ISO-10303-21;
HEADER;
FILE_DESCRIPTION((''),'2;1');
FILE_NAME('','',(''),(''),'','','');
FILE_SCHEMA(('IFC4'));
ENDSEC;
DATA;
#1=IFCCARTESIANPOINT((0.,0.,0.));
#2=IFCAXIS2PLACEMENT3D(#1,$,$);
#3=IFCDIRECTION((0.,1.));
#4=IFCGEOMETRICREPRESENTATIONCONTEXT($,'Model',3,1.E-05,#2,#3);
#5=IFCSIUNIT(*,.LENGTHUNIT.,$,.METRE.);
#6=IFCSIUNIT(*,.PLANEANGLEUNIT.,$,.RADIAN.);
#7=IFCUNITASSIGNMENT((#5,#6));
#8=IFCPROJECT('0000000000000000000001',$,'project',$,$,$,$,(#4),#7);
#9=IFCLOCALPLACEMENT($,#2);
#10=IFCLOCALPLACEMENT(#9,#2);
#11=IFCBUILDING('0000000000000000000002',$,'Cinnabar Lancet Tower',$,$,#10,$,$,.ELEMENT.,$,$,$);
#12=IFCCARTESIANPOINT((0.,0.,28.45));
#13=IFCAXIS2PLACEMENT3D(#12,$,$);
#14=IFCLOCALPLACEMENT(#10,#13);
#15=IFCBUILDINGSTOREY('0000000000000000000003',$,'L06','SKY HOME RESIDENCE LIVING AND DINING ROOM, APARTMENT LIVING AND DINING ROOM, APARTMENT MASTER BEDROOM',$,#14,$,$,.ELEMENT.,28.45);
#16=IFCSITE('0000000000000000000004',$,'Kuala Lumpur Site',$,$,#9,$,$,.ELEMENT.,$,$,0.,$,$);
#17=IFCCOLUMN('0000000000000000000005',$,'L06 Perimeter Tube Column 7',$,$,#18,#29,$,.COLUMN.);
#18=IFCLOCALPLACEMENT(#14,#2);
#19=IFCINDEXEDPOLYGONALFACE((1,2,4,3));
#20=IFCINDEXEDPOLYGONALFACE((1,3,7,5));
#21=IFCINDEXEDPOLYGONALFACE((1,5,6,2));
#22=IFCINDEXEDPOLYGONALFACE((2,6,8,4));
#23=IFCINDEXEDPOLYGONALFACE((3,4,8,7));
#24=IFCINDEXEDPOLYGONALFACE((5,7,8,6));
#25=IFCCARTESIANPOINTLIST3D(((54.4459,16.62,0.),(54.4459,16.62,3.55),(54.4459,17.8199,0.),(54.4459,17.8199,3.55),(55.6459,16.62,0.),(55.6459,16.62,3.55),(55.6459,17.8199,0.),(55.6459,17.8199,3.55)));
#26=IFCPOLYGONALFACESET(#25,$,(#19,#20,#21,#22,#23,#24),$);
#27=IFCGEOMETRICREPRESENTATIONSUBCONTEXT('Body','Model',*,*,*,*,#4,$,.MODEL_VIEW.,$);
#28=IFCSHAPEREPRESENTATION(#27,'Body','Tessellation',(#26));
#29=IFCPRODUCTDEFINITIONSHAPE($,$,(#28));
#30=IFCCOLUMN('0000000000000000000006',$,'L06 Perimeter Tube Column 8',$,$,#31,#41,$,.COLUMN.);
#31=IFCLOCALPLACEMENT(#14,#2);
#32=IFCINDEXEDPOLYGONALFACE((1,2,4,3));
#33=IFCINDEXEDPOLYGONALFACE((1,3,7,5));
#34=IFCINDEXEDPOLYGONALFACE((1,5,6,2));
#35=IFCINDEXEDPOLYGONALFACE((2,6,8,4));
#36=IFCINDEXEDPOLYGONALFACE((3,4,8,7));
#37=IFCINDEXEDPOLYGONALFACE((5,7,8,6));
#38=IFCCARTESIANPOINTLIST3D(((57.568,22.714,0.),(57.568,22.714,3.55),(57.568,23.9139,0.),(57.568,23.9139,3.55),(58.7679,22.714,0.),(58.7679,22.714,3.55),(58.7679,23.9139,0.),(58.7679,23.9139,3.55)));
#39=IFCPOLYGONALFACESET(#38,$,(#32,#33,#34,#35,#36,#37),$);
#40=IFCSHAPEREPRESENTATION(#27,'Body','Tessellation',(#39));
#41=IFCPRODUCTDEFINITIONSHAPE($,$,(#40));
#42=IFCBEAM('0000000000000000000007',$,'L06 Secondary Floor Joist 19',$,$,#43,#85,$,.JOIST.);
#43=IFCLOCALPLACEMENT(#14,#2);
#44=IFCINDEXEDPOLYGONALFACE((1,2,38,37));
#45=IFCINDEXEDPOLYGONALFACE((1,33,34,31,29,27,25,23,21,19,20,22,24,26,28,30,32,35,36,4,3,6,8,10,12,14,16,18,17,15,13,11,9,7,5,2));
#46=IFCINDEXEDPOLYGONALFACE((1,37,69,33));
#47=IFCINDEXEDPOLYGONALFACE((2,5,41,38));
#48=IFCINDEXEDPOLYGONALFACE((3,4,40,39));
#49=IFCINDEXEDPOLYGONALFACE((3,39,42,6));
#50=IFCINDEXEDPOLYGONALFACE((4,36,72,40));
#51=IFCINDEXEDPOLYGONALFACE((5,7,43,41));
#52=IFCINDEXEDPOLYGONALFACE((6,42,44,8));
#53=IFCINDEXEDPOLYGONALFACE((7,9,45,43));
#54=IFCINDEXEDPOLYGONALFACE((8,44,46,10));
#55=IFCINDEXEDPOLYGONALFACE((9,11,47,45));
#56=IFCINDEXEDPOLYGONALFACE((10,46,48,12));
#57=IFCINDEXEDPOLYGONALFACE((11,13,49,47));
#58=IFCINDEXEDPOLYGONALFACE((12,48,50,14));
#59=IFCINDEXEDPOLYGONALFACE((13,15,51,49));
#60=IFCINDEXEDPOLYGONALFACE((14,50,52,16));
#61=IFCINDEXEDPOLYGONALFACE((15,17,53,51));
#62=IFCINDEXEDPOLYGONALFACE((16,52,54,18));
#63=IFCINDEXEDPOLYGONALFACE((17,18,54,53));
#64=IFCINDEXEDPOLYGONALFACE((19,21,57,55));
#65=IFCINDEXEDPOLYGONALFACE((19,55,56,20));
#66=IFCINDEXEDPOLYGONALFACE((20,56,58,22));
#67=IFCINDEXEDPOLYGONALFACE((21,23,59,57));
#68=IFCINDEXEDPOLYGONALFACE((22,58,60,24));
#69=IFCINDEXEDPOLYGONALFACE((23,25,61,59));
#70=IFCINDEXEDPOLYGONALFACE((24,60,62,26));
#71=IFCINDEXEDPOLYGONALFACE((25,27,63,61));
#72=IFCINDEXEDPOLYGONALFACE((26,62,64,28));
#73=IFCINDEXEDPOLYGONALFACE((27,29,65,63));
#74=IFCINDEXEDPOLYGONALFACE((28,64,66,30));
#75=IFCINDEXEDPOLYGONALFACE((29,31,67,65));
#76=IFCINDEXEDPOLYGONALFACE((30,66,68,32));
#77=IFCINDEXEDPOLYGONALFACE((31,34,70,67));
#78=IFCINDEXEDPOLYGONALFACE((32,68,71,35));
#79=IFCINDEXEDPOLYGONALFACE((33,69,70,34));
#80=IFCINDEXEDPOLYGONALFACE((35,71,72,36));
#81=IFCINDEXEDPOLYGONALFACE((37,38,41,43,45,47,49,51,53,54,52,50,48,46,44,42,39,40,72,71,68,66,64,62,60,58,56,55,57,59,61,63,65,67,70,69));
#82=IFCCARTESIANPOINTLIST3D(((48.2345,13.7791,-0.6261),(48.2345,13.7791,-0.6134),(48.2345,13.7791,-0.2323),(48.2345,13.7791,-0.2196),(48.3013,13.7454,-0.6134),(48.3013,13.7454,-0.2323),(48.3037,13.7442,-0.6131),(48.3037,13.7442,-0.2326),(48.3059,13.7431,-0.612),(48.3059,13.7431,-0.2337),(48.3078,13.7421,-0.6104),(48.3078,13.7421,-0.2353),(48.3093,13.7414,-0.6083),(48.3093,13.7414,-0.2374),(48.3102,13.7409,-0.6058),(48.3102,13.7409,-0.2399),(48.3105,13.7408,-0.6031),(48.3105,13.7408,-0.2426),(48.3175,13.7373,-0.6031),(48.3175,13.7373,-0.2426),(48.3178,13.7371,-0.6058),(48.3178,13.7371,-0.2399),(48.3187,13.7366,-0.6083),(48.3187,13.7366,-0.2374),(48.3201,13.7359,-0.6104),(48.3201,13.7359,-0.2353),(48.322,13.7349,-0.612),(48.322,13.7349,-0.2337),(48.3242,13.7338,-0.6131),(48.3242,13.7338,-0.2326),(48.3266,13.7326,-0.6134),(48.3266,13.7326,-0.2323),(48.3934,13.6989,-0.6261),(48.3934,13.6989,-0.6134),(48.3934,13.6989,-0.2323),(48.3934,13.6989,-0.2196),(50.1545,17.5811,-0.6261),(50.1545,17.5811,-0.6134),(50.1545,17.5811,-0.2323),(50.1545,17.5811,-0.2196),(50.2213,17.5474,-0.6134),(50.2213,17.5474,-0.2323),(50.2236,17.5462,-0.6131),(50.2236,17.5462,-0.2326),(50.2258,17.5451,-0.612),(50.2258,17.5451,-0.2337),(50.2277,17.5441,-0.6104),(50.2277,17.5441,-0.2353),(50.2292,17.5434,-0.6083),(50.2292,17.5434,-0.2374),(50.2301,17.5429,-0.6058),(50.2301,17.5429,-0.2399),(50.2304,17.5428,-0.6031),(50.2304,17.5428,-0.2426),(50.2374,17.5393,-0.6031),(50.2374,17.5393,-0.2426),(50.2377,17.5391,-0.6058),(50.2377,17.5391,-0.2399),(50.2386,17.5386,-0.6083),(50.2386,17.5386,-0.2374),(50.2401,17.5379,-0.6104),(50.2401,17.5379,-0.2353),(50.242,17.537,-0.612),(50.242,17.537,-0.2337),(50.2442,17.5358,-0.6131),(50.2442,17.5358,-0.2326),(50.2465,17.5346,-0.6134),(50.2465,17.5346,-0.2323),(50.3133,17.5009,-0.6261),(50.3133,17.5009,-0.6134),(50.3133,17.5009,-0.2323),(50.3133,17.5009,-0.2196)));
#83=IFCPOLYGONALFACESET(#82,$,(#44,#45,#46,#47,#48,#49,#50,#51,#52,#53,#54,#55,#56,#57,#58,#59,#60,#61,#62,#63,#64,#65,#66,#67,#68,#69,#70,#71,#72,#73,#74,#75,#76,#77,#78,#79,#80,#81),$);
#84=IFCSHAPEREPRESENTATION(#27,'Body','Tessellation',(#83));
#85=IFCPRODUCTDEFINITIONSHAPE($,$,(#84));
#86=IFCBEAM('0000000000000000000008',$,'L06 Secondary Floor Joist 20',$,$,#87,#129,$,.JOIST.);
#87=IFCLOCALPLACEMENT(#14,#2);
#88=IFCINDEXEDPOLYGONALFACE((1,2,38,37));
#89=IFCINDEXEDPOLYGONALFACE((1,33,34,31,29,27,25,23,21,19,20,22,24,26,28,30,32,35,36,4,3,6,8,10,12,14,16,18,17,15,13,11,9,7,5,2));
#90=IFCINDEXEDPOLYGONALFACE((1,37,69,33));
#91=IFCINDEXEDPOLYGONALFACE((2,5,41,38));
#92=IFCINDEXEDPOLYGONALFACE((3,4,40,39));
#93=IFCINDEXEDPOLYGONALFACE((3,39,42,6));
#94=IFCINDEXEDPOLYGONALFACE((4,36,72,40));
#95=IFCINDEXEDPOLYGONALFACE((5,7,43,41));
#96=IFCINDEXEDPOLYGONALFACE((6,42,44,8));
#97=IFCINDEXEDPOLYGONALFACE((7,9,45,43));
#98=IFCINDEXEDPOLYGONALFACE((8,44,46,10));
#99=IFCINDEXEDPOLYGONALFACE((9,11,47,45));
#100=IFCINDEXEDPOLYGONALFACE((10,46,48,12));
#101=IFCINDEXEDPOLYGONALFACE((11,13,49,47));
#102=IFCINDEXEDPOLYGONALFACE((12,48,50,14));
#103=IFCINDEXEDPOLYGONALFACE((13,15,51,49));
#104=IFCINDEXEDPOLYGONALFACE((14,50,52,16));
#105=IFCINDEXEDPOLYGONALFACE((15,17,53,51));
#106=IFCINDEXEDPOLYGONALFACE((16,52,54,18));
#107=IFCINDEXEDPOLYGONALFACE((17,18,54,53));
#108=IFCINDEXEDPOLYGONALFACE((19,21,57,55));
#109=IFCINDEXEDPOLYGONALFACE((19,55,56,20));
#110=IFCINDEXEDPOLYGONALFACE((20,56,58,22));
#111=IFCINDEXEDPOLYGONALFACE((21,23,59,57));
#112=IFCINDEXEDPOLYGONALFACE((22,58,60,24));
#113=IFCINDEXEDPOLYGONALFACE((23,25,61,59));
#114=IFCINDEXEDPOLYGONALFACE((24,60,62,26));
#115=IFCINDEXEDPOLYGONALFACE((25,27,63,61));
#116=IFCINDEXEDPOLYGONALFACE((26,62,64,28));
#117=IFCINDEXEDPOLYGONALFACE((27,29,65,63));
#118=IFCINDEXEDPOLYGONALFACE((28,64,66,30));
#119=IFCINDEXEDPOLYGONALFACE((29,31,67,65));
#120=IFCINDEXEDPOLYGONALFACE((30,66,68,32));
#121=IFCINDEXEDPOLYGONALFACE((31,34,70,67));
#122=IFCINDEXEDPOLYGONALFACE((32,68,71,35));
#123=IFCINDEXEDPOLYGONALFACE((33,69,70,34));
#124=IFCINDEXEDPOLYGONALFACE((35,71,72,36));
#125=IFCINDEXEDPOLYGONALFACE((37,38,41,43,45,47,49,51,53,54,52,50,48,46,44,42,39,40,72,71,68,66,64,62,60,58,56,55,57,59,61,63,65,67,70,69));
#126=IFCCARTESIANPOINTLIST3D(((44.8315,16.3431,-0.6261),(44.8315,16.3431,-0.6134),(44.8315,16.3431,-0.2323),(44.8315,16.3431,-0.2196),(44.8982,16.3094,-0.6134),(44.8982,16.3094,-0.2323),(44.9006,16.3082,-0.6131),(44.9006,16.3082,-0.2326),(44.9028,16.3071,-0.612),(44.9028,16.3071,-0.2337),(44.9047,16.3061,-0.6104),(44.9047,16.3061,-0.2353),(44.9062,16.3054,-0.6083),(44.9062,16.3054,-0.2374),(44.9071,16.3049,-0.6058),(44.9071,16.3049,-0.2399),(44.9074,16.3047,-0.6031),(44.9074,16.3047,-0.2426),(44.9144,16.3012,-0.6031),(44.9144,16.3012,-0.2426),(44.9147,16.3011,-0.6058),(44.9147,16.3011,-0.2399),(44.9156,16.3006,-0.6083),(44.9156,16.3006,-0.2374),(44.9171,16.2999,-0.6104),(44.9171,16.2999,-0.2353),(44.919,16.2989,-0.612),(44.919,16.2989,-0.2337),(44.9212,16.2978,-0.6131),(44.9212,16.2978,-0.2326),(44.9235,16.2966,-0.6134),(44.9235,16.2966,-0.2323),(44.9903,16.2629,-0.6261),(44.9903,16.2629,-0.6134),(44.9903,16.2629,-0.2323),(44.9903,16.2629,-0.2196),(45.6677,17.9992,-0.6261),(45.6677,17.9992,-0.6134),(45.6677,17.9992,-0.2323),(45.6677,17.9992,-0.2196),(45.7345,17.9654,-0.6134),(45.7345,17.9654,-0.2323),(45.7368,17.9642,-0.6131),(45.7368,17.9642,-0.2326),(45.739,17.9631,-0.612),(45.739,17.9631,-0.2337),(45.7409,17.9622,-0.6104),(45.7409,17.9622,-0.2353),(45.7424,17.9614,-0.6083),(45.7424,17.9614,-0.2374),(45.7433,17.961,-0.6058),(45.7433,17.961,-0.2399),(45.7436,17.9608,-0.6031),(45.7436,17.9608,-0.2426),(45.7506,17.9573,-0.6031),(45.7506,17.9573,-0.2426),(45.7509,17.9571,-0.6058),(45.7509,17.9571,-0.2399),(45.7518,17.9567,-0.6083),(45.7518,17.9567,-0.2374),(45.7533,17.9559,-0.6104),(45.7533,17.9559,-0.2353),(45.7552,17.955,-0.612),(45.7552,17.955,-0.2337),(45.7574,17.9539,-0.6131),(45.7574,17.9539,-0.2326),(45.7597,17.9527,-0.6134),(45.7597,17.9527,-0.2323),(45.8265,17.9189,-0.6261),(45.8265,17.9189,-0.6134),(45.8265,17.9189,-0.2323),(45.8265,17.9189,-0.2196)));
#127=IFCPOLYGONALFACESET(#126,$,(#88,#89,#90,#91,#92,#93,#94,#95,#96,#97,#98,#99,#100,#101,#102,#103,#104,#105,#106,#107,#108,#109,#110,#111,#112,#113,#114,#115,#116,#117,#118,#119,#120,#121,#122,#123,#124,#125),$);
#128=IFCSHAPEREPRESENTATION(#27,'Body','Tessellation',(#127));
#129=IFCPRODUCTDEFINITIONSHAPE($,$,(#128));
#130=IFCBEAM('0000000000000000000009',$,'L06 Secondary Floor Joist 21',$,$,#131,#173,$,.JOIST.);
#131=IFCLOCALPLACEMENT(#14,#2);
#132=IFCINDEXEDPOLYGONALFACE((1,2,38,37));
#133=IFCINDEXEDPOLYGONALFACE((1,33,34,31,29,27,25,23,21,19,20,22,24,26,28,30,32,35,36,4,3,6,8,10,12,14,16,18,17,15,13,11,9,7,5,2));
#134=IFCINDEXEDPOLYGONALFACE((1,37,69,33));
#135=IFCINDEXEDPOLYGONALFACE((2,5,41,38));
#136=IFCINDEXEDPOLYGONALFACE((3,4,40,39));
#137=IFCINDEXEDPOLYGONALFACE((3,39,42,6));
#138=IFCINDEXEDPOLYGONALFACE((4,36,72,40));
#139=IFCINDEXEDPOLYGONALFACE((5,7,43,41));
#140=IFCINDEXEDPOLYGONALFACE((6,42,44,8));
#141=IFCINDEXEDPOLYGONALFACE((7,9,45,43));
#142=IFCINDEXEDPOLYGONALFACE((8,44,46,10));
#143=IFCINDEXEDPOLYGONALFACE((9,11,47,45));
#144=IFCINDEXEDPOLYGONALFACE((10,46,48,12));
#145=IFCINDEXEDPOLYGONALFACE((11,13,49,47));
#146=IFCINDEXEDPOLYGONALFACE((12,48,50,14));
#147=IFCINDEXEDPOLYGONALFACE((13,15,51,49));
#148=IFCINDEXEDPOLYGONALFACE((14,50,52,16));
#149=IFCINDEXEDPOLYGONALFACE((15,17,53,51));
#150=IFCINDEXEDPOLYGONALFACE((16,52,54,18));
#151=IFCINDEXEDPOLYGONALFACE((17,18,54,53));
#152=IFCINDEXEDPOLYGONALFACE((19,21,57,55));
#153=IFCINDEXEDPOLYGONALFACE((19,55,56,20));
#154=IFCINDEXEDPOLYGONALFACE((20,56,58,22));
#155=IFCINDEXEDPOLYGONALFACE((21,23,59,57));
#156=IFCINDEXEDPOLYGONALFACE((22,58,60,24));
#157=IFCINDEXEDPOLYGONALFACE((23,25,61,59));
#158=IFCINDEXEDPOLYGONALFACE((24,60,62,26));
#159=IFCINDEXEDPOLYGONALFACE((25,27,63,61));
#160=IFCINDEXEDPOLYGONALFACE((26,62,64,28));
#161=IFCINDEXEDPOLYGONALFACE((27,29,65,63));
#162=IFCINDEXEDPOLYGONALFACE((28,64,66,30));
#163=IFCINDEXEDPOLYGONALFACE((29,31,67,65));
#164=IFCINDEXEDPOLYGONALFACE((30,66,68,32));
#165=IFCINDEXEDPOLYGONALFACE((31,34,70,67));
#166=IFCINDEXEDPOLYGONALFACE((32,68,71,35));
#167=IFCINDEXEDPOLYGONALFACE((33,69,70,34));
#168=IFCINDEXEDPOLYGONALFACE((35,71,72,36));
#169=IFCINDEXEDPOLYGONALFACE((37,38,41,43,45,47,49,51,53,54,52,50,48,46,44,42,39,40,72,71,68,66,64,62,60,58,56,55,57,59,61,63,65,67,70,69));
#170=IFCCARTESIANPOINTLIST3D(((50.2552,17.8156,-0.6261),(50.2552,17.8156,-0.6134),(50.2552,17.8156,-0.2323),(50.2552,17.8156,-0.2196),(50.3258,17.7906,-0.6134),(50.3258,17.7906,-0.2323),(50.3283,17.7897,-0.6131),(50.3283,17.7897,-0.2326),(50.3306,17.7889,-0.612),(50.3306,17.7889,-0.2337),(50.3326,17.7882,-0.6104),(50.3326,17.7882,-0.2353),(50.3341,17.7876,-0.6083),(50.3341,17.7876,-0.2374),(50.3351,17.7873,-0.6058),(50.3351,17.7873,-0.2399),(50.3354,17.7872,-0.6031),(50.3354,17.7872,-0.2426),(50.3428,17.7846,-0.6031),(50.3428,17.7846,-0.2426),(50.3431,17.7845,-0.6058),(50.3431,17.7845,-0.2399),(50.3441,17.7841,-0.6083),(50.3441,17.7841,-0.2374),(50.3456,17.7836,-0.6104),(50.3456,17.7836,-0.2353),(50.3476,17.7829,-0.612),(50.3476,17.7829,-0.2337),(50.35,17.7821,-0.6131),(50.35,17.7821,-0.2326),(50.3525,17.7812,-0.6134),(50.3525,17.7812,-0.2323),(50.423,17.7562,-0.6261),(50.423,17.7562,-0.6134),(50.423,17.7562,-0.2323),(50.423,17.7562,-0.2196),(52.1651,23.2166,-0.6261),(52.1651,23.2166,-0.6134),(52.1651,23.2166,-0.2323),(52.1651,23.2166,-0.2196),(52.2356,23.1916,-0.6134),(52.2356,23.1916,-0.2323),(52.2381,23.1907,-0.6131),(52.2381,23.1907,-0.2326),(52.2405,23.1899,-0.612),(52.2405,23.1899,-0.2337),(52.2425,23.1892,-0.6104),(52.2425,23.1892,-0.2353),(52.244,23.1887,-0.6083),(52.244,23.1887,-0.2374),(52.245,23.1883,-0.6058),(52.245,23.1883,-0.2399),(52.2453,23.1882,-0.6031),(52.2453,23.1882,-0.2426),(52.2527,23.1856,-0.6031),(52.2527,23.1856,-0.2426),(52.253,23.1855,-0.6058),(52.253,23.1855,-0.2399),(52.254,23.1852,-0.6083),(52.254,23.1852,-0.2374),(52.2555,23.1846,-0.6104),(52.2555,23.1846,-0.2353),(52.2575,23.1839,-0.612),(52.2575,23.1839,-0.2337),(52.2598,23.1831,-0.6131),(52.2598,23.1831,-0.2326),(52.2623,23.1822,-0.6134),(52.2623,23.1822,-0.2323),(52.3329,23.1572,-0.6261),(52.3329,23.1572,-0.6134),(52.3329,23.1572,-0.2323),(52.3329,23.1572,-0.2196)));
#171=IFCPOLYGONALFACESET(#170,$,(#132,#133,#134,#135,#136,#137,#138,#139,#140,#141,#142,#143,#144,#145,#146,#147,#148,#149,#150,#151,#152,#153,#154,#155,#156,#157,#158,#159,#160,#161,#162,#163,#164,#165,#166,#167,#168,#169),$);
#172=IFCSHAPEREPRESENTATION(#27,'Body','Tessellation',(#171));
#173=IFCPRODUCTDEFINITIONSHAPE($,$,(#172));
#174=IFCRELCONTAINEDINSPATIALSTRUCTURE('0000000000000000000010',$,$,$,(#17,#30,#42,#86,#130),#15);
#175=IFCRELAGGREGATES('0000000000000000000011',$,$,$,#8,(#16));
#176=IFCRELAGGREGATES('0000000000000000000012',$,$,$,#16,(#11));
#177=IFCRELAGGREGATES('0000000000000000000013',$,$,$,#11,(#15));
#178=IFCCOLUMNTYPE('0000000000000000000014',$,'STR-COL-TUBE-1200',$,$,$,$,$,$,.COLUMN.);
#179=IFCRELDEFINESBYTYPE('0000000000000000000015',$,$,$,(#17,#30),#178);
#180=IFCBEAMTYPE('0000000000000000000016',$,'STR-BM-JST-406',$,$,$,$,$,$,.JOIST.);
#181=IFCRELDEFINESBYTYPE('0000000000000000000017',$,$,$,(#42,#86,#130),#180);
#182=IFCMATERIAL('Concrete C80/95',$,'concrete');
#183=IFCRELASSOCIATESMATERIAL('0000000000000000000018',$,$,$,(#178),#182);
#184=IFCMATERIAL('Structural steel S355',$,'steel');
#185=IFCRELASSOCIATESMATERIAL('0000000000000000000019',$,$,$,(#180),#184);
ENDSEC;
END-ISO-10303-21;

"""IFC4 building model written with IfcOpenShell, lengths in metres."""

from ifc_helpers import new_model, si_unit, direction, frame, origin, origin_2d, place, context, subcontext, project, spatial, rectangle, i_section, extrude, material, material_profile, profile_set, type_object, element, save


model = new_model("IFC4")

# Units and contexts
model_context = context("Model", 3, precision=1e-05, world=origin(), true_north=direction((0.0, 1.0)))
body_context = subcontext(model_context, "Body", "Model", "MODEL_VIEW")
ifc_project = project(units=[si_unit("LENGTHUNIT", "METRE"), si_unit("PLANEANGLEUNIT", "RADIAN")], contexts=[model_context])

# Site, building, storey
site_placement = place(None, origin())
site = spatial("IfcSite", under=ifc_project, at=site_placement, Name="Kuala Lumpur Site", CompositionType="ELEMENT", RefElevation=0.0)
building_placement = place(site_placement, origin())
building = spatial("IfcBuilding", under=site, at=building_placement, Name="Cinnabar Lancet Tower", CompositionType="ELEMENT")
storey_placement = place(building_placement, frame((0.0, 0.0, 28.45)))
storey = spatial("IfcBuildingStorey", under=building, at=storey_placement, Name="L06", Description="SKY HOME RESIDENCE LIVING AND DINING ROOM, APARTMENT LIVING AND DINING ROOM, APARTMENT MASTER BEDROOM", CompositionType="ELEMENT", Elevation=28.45)

# Columns
ifc_material_1 = material(Name="Concrete C80/95", Category="concrete")
ifc_material_profile_1 = material_profile(ifc_material_1, rectangle(XDim=1.2, YDim=1.2, at=origin_2d()), Name="RC-COL 1200x1200")
ifc_profile_set_1 = profile_set([ifc_material_profile_1], Name="Concrete C80/95")
column_type = type_object("IfcColumnType", Name="STR-COL-TUBE-1200", PredefinedType="COLUMN", material=ifc_profile_set_1)
for number, where, z_axis, x_axis, name in (
    (1, (55.0459, 17.22, 0.0), (0.0, 0.0, 1.0), (1.0, 0.0, 0.0), "L06 Perimeter Tube Column 7"),
    (2, (58.168, 23.314, 0.0), (0.0, 0.0, 1.0), (1.0, 0.0, 0.0), "L06 Perimeter Tube Column 8"),
):
    element("IfcColumn", number, at=place(storey_placement, frame(where, z_axis=z_axis, x_axis=x_axis)), inside=storey, type_object=column_type, Name=name, PredefinedType="COLUMN", context=body_context, shape_type="SweptSolid", body=[
        extrude(rectangle(XDim=1.2, YDim=1.2, at=origin_2d()), origin(), (0.0, 0.0, 1.0), 3.55),
    ])

# Beams
ifc_material_2 = material(Name="Structural steel S355", Category="steel")
ifc_material_profile_2 = material_profile(ifc_material_2, i_section(OverallWidth=0.178, OverallDepth=0.4065, WebThickness=0.0078, FlangeThickness=0.0127, FilletRadius=0.0103, at=origin_2d()), Name="UKB 406x178x60")
ifc_profile_set_2 = profile_set([ifc_material_profile_2], Name="Structural steel S355")
beam_type_1 = type_object("IfcBeamType", Name="STR-BM-JST-406", PredefinedType="JOIST", material=ifc_profile_set_2)
beam_1_placement = place(storey_placement, frame((48.314, 13.739, -0.4229), z_axis=(0.450764, 0.892643, 0.0), x_axis=(-0.892643, 0.450764, 0.0)))
element("IfcBeam", 3, at=beam_1_placement, inside=storey, type_object=beam_type_1, Name="L06 Secondary Floor Joist 19", PredefinedType="JOIST", context=body_context, shape_type="SweptSolid", body=[
    extrude(i_section(OverallWidth=0.178, OverallDepth=0.4065, WebThickness=0.0078, FlangeThickness=0.0127, FilletRadius=0.0103, at=origin_2d()), origin(), (0.0, 0.0, 1.0), 4.2593),
])
beam_2_placement = place(storey_placement, frame((44.9109, 16.303, -0.4229), z_axis=(0.450737, 0.892657, 0.0), x_axis=(-0.892657, 0.450737, 0.0)))
element("IfcBeam", 4, at=beam_2_placement, inside=storey, type_object=beam_type_1, Name="L06 Secondary Floor Joist 20", PredefinedType="JOIST", context=body_context, shape_type="SweptSolid", body=[
    extrude(i_section(OverallWidth=0.178, OverallDepth=0.4065, WebThickness=0.0078, FlangeThickness=0.0127, FilletRadius=0.0103, at=origin_2d()), origin(), (0.0, 0.0, 1.0), 1.8552),
])
beam_3_placement = place(storey_placement, frame((50.3391, 17.7859, -0.4229), z_axis=(0.333384, 0.942791, 0.0), x_axis=(-0.942791, 0.333384, 0.0)))
element("IfcBeam", 5, at=beam_3_placement, inside=storey, type_object=beam_type_1, Name="L06 Secondary Floor Joist 21", PredefinedType="JOIST", context=body_context, shape_type="SweptSolid", body=[
    extrude(i_section(OverallWidth=0.178, OverallDepth=0.4065, WebThickness=0.0078, FlangeThickness=0.0127, FilletRadius=0.0103, at=origin_2d()), origin(), (0.0, 0.0, 1.0), 5.7288),
])

save(model, "model.ifc")
